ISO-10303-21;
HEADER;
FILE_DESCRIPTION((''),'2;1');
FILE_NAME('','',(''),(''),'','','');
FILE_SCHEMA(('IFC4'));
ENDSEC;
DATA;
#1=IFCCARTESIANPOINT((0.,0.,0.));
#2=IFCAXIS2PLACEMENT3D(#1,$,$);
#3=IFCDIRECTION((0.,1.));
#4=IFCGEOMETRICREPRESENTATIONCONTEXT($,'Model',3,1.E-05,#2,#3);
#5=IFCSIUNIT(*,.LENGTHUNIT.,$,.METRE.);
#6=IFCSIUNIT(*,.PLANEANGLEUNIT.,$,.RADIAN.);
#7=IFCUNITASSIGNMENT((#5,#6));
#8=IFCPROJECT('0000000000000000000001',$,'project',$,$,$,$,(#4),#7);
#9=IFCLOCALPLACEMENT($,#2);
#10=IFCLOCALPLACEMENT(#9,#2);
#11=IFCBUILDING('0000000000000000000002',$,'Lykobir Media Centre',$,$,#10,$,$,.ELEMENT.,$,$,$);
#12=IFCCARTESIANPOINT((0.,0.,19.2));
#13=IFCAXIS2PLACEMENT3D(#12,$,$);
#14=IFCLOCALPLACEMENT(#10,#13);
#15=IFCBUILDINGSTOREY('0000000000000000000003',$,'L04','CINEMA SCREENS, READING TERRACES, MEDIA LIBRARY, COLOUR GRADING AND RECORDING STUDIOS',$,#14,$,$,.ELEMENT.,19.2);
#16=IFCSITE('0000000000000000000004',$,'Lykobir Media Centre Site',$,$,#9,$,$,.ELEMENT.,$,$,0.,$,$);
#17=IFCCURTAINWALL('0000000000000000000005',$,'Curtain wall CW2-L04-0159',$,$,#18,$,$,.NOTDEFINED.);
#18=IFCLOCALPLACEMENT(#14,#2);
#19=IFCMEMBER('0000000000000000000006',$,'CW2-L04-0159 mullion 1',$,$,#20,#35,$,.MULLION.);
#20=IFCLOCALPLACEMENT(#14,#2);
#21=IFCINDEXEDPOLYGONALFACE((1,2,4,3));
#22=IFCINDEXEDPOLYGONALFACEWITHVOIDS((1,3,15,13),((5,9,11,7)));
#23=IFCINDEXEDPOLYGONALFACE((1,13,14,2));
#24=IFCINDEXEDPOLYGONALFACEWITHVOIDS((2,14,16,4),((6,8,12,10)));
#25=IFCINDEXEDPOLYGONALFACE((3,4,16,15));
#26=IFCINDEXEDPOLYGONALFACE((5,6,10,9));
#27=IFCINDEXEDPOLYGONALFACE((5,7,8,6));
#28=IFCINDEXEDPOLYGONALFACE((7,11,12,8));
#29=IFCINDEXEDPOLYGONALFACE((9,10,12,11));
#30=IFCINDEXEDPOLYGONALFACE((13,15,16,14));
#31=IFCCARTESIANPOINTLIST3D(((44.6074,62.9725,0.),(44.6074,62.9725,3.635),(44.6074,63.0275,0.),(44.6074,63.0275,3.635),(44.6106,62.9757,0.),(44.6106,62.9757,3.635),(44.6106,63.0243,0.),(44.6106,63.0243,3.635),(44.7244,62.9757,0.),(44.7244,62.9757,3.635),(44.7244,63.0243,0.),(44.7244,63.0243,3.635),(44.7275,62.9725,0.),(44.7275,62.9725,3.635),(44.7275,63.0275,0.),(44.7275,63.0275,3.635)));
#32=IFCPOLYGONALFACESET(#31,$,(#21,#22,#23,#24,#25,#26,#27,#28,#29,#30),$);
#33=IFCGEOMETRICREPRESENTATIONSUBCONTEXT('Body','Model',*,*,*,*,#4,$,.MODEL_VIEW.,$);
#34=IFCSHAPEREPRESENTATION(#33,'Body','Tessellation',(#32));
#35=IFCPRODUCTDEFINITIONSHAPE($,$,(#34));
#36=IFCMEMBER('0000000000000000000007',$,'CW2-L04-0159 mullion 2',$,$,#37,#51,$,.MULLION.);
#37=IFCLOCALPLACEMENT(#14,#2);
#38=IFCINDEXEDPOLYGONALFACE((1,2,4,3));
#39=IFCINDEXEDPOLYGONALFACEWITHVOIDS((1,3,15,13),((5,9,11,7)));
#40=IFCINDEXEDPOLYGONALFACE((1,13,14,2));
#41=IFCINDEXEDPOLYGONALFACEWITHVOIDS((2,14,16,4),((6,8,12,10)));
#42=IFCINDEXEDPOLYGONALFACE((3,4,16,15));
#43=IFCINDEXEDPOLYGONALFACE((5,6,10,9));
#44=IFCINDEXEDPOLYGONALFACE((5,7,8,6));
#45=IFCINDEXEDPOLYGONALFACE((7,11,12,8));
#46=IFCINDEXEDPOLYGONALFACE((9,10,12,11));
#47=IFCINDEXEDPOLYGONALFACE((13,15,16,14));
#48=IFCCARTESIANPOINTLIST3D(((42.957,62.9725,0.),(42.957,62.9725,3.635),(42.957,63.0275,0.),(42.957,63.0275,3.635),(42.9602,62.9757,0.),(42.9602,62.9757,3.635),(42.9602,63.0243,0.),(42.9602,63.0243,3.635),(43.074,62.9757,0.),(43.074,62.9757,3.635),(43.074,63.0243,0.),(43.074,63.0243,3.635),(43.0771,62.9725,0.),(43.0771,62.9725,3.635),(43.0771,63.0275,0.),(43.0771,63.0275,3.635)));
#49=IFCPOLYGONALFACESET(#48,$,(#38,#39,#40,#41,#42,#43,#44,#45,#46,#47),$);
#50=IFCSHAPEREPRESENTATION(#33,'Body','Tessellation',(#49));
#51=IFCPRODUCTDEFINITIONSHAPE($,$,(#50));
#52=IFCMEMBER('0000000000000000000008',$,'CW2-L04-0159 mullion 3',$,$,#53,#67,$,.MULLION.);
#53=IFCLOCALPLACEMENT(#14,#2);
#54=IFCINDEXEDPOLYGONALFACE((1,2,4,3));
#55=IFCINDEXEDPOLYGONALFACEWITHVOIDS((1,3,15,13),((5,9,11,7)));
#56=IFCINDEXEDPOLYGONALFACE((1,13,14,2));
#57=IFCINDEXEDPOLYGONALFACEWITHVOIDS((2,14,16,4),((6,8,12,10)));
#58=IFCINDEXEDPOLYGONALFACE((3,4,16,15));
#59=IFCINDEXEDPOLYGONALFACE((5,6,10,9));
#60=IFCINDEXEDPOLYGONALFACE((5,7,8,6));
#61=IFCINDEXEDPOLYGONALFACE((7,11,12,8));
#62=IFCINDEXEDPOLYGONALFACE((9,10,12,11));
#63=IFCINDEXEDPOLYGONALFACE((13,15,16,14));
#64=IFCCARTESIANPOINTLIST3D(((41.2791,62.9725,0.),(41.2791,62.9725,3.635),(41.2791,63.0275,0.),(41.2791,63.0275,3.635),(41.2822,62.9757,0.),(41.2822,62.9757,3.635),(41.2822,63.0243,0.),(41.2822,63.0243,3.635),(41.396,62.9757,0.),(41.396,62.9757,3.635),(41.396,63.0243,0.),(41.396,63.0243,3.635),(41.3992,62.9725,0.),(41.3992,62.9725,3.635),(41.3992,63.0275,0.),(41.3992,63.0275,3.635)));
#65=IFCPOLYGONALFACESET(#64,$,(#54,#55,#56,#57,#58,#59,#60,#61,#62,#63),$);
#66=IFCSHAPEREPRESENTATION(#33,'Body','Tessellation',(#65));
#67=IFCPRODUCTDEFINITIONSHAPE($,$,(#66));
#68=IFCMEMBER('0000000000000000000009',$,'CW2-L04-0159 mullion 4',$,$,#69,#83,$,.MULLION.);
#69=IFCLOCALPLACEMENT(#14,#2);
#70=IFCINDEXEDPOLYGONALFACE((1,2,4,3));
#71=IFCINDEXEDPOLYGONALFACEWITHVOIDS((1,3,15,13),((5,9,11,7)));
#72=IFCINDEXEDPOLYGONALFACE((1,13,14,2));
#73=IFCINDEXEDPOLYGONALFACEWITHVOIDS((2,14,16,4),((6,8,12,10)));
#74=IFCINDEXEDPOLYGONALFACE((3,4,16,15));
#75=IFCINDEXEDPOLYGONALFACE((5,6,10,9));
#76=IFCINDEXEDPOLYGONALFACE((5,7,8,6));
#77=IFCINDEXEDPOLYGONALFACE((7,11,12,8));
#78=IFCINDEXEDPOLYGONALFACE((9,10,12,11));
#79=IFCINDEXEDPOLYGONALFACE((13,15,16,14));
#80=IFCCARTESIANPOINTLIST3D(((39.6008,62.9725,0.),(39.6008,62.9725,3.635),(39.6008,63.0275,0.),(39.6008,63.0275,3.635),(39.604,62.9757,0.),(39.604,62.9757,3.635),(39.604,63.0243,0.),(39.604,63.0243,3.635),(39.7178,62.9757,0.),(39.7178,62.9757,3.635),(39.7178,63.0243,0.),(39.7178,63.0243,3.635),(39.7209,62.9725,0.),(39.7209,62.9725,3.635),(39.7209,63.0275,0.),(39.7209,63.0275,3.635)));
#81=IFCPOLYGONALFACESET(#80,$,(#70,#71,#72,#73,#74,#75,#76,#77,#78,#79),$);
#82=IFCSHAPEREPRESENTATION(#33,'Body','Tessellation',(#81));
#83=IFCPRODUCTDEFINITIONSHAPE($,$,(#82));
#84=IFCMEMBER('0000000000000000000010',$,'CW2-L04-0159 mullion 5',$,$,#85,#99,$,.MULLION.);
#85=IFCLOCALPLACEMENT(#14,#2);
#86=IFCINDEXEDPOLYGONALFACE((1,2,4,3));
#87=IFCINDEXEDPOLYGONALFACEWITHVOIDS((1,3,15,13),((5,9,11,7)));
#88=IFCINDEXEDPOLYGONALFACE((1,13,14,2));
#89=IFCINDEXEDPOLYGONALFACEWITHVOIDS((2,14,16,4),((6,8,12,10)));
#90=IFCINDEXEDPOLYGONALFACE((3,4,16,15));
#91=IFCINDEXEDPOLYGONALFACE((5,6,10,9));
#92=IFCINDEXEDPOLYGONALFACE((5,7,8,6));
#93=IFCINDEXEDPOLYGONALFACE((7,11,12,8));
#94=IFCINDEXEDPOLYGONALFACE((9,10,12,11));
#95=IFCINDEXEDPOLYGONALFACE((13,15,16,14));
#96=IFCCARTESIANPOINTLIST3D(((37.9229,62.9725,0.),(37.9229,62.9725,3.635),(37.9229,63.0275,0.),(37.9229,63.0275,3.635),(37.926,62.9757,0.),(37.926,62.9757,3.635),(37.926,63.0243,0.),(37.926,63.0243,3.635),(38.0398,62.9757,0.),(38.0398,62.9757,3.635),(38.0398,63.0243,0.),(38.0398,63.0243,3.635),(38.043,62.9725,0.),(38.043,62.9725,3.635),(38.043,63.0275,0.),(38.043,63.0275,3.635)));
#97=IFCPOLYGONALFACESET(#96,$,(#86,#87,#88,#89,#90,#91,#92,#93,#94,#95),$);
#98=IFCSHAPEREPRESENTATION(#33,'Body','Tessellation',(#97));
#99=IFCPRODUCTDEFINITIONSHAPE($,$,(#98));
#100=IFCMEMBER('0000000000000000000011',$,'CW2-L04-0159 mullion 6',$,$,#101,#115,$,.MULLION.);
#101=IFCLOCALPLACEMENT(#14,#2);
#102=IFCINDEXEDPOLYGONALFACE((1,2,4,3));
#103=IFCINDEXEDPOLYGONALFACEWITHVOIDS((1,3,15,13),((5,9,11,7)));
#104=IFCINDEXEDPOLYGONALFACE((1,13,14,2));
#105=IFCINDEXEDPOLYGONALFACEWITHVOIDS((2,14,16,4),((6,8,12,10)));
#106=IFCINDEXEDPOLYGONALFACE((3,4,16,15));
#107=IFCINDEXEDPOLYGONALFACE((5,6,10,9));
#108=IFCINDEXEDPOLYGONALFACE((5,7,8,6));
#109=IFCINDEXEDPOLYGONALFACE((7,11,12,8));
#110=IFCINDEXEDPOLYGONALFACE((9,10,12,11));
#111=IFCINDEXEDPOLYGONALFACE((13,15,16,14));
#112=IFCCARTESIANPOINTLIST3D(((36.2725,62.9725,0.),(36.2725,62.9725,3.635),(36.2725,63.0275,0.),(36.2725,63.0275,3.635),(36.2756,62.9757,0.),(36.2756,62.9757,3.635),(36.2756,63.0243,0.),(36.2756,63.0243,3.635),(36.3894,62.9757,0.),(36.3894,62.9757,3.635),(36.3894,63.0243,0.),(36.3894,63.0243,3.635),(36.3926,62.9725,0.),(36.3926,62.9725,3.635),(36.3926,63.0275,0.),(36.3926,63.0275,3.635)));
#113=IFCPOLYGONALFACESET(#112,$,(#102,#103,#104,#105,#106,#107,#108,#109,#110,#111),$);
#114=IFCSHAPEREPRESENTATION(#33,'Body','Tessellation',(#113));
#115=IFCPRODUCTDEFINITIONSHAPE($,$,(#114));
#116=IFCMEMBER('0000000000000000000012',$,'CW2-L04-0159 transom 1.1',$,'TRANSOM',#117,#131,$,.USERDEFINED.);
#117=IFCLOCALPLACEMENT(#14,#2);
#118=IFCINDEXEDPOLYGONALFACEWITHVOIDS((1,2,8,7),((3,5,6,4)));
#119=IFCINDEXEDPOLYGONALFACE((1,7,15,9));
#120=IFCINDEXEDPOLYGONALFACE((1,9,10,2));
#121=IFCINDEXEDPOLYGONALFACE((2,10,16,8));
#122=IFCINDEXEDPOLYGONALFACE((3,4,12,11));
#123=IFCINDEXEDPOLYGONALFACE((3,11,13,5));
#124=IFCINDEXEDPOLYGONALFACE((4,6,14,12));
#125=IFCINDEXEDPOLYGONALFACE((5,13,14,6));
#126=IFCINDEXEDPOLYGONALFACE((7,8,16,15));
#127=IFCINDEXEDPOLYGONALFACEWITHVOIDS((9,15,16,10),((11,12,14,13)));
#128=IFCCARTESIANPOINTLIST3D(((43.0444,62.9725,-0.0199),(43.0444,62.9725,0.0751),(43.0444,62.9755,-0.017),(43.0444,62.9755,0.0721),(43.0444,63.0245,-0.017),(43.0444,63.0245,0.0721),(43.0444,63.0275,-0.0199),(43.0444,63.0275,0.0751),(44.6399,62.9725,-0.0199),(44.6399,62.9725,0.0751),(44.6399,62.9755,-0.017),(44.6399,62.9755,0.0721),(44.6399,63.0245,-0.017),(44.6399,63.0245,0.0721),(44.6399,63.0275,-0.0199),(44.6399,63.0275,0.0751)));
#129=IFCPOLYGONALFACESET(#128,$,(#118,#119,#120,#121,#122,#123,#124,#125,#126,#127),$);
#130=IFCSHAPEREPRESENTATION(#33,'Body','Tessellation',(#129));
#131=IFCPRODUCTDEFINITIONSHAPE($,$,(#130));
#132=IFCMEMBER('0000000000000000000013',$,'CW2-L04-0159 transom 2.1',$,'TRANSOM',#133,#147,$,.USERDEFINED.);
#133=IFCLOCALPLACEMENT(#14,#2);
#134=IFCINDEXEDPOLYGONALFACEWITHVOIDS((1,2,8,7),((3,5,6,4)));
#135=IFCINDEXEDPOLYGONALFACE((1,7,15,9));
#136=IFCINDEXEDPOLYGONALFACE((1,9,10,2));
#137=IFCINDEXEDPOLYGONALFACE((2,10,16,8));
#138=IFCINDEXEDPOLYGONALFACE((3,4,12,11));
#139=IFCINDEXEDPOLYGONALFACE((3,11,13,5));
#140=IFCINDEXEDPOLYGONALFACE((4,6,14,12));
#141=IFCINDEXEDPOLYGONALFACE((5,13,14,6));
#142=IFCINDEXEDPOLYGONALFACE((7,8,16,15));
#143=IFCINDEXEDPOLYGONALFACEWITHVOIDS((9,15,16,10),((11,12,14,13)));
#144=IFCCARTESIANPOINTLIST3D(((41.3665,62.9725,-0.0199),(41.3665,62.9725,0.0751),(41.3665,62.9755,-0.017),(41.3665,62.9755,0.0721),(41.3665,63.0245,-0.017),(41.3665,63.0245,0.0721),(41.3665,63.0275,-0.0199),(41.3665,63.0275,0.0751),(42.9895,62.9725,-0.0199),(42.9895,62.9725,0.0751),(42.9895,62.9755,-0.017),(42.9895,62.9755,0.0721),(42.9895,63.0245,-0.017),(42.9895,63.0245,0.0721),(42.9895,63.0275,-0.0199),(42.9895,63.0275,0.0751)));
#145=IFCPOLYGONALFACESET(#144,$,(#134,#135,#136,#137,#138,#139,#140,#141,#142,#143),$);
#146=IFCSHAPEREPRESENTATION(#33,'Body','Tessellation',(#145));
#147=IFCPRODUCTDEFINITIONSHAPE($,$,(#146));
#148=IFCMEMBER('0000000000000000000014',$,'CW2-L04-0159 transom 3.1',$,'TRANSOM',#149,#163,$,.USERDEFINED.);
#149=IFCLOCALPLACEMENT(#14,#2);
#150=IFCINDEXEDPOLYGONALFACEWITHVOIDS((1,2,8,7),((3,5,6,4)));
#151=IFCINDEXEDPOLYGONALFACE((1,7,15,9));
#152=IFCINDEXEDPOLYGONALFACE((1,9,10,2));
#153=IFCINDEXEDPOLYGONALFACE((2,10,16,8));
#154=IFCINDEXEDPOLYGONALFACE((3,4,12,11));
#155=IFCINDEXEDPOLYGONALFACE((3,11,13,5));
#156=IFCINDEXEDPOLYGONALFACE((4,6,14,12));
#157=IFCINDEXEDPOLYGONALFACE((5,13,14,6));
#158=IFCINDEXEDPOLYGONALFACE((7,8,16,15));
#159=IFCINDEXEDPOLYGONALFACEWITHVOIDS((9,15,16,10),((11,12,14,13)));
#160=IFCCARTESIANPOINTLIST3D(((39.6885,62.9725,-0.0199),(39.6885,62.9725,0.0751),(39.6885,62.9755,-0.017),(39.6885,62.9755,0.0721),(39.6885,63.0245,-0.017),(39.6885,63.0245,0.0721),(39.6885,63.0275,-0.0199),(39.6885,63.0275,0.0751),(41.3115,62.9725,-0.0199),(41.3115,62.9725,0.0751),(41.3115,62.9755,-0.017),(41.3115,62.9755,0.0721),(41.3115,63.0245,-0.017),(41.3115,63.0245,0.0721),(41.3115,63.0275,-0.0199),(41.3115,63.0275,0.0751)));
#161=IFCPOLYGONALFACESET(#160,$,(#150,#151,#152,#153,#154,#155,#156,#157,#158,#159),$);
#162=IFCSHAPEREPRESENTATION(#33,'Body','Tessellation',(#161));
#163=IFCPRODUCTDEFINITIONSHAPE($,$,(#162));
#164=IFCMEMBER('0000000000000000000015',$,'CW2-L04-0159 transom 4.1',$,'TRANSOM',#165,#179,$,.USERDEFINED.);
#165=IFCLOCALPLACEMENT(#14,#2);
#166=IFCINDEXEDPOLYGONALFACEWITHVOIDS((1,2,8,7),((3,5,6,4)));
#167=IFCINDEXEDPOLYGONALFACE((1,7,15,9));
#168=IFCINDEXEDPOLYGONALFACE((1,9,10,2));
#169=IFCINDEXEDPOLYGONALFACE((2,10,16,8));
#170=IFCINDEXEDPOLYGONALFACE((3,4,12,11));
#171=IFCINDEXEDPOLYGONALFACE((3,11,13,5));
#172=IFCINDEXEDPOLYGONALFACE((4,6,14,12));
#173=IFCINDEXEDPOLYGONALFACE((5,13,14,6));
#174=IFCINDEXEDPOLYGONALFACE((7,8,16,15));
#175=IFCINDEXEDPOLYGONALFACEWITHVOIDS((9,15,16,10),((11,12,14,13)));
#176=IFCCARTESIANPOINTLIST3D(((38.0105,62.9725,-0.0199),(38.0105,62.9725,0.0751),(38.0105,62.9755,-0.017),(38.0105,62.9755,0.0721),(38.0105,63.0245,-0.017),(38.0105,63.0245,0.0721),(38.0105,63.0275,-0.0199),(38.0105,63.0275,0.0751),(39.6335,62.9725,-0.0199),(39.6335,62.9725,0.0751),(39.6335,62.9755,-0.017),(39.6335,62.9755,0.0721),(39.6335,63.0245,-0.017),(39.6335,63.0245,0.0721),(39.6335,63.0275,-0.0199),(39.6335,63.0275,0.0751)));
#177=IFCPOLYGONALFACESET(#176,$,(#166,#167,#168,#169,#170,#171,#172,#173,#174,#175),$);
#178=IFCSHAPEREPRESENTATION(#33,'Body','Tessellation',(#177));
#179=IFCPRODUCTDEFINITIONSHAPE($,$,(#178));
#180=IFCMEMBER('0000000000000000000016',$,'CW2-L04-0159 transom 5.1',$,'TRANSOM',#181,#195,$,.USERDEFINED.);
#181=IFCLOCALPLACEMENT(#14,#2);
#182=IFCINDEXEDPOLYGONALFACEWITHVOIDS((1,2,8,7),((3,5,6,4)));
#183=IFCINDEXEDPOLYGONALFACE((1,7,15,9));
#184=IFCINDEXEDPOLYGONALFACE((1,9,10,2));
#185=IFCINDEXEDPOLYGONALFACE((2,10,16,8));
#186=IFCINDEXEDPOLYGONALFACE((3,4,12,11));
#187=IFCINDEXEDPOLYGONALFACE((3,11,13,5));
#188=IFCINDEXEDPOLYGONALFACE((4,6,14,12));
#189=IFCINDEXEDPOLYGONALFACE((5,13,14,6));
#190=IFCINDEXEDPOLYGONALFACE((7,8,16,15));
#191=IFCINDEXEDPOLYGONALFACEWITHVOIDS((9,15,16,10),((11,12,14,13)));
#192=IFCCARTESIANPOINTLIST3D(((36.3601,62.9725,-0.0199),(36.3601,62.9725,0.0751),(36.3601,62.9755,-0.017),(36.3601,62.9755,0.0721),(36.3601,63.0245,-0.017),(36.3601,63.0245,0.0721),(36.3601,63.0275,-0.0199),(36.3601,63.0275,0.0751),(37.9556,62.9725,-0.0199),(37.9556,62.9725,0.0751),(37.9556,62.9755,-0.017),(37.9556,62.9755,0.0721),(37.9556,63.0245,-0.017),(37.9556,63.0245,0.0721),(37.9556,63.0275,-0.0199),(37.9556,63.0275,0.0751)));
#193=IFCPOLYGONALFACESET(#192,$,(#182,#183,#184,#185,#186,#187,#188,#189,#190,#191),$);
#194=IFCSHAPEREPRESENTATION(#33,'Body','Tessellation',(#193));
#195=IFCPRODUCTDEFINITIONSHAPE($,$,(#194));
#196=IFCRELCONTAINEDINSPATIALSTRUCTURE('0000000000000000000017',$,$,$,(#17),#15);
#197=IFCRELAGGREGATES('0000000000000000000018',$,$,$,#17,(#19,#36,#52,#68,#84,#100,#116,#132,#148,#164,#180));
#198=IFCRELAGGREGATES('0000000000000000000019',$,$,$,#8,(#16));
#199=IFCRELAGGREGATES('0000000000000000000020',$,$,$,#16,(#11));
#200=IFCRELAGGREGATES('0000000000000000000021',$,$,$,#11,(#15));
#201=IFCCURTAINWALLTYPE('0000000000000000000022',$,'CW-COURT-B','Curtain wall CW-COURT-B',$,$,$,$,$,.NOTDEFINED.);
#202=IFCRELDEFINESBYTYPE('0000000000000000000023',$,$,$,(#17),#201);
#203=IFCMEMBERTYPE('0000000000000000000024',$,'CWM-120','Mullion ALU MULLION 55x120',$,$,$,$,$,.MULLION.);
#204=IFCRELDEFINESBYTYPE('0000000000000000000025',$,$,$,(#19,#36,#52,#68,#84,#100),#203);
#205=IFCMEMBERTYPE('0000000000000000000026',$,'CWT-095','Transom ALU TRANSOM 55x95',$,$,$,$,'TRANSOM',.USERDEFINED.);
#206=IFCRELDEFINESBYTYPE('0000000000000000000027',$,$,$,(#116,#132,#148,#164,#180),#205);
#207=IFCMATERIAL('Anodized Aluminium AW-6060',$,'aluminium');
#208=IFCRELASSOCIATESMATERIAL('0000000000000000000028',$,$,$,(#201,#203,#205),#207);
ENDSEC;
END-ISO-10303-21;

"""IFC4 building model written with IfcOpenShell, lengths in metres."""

from ifc_helpers import new_model, si_unit, direction, frame, origin, origin_2d, place, context, subcontext, project, spatial, hollow_rectangle, extrude, material, material_profile, profile_set, type_object, element, aggregate, save


model = new_model("IFC4")

# Units and contexts
model_context = context("Model", 3, precision=1e-05, world=origin(), true_north=direction((0.0, 1.0)))
body_context = subcontext(model_context, "Body", "Model", "MODEL_VIEW")
ifc_project = project(units=[si_unit("LENGTHUNIT", "METRE"), si_unit("PLANEANGLEUNIT", "RADIAN")], contexts=[model_context])

# Site, building, storey
site_placement = place(None, origin())
site = spatial("IfcSite", under=ifc_project, at=site_placement, Name="Lykobir Media Centre Site", CompositionType="ELEMENT", RefElevation=0.0)
building_placement = place(site_placement, origin())
building = spatial("IfcBuilding", under=site, at=building_placement, Name="Lykobir Media Centre", CompositionType="ELEMENT")
storey_placement = place(building_placement, frame((0.0, 0.0, 19.2)))
storey = spatial("IfcBuildingStorey", under=building, at=storey_placement, Name="L04", Description="CINEMA SCREENS, READING TERRACES, MEDIA LIBRARY, COLOUR GRADING AND RECORDING STUDIOS", CompositionType="ELEMENT", Elevation=19.2)

# Curtain wall, members
ifc_material_1 = material(Name="Anodized Aluminium AW-6060", Category="aluminium")
curtain_wall_type = type_object("IfcCurtainWallType", Name="CW-COURT-B", Description="Curtain wall CW-COURT-B", PredefinedType="NOTDEFINED", material=ifc_material_1)
curtain_wall_placement = place(storey_placement, origin())
curtain_wall = element("IfcCurtainWall", 1, at=curtain_wall_placement, inside=storey, type_object=curtain_wall_type, Name="Curtain wall CW2-L04-0159", PredefinedType="NOTDEFINED")
ifc_material_profile_1 = material_profile(ifc_material_1, hollow_rectangle(XDim=0.0549, YDim=0.1201, WallThickness=0.0032, at=origin_2d()), Name="ALU MULLION 55x120")
ifc_profile_set_1 = profile_set([ifc_material_profile_1], Name="Anodized Aluminium AW-6060")
member_type_1 = type_object("IfcMemberType", Name="CWM-120", Description="Mullion ALU MULLION 55x120", PredefinedType="MULLION", material=ifc_profile_set_1)
member_1_placement = place(storey_placement, frame((44.6675, 63.0, 0.0), z_axis=(0.0, 0.0, 1.0), x_axis=(0.0, -1.0, 0.0)))
member_1 = element("IfcMember", 2, at=member_1_placement, type_object=member_type_1, Name="CW2-L04-0159 mullion 1", PredefinedType="MULLION", context=body_context, shape_type="SweptSolid", body=[
    extrude(hollow_rectangle(XDim=0.0549, YDim=0.1201, WallThickness=0.0032, at=origin_2d()), origin(), (0.0, 0.0, 1.0), 3.635),
])
member_2_placement = place(storey_placement, frame((43.0171, 63.0, 0.0), z_axis=(0.0, 0.0, 1.0), x_axis=(0.0, -1.0, 0.0)))
member_2 = element("IfcMember", 3, at=member_2_placement, type_object=member_type_1, Name="CW2-L04-0159 mullion 2", PredefinedType="MULLION", context=body_context, shape_type="SweptSolid", body=[
    extrude(hollow_rectangle(XDim=0.0549, YDim=0.1201, WallThickness=0.0032, at=origin_2d()), origin(), (0.0, 0.0, 1.0), 3.635),
])
member_3_placement = place(storey_placement, frame((41.3391, 63.0, 0.0), z_axis=(0.0, 0.0, 1.0), x_axis=(0.0, -1.0, 0.0)))
member_3 = element("IfcMember", 4, at=member_3_placement, type_object=member_type_1, Name="CW2-L04-0159 mullion 3", PredefinedType="MULLION", context=body_context, shape_type="SweptSolid", body=[
    extrude(hollow_rectangle(XDim=0.0549, YDim=0.1201, WallThickness=0.0032, at=origin_2d()), origin(), (0.0, 0.0, 1.0), 3.635),
])
member_4_placement = place(storey_placement, frame((39.6609, 63.0, 0.0), z_axis=(0.0, 0.0, 1.0), x_axis=(0.0, -1.0, 0.0)))
member_4 = element("IfcMember", 5, at=member_4_placement, type_object=member_type_1, Name="CW2-L04-0159 mullion 4", PredefinedType="MULLION", context=body_context, shape_type="SweptSolid", body=[
    extrude(hollow_rectangle(XDim=0.0549, YDim=0.1201, WallThickness=0.0032, at=origin_2d()), origin(), (0.0, 0.0, 1.0), 3.635),
])
member_5_placement = place(storey_placement, frame((37.9829, 63.0, 0.0), z_axis=(0.0, 0.0, 1.0), x_axis=(0.0, -1.0, 0.0)))
member_5 = element("IfcMember", 6, at=member_5_placement, type_object=member_type_1, Name="CW2-L04-0159 mullion 5", PredefinedType="MULLION", context=body_context, shape_type="SweptSolid", body=[
    extrude(hollow_rectangle(XDim=0.0549, YDim=0.1201, WallThickness=0.0032, at=origin_2d()), origin(), (0.0, 0.0, 1.0), 3.635),
])
member_6_placement = place(storey_placement, frame((36.3325, 63.0, 0.0), z_axis=(0.0, 0.0, 1.0), x_axis=(0.0, -1.0, 0.0)))
member_6 = element("IfcMember", 7, at=member_6_placement, type_object=member_type_1, Name="CW2-L04-0159 mullion 6", PredefinedType="MULLION", context=body_context, shape_type="SweptSolid", body=[
    extrude(hollow_rectangle(XDim=0.0549, YDim=0.1201, WallThickness=0.0032, at=origin_2d()), origin(), (0.0, 0.0, 1.0), 3.635),
])
ifc_material_profile_2 = material_profile(ifc_material_1, hollow_rectangle(XDim=0.0549, YDim=0.095, WallThickness=0.0029, at=origin_2d()), Name="ALU TRANSOM 55x95")
ifc_profile_set_2 = profile_set([ifc_material_profile_2], Name="Anodized Aluminium AW-6060")
member_type_2 = type_object("IfcMemberType", Name="CWT-095", Description="Transom ALU TRANSOM 55x95", ElementType="TRANSOM", PredefinedType="USERDEFINED", material=ifc_profile_set_2)
member_7_placement = place(storey_placement, frame((44.6399, 63.0, 0.0276), z_axis=(-1.0, 0.0, 0.0), x_axis=(0.0, -1.0, 0.0)))
member_7 = element("IfcMember", 8, at=member_7_placement, type_object=member_type_2, Name="CW2-L04-0159 transom 1.1", ObjectType="TRANSOM", PredefinedType="USERDEFINED", context=body_context, shape_type="SweptSolid", body=[
    extrude(hollow_rectangle(XDim=0.0549, YDim=0.095, WallThickness=0.0029, at=origin_2d()), origin(), (0.0, 0.0, 1.0), 1.5955),
])
member_8_placement = place(storey_placement, frame((42.9895, 63.0, 0.0276), z_axis=(-1.0, 0.0, 0.0), x_axis=(0.0, -1.0, 0.0)))
member_8 = element("IfcMember", 9, at=member_8_placement, type_object=member_type_2, Name="CW2-L04-0159 transom 2.1", ObjectType="TRANSOM", PredefinedType="USERDEFINED", context=body_context, shape_type="SweptSolid", body=[
    extrude(hollow_rectangle(XDim=0.0549, YDim=0.095, WallThickness=0.0029, at=origin_2d()), origin(), (0.0, 0.0, 1.0), 1.623),
])
member_9_placement = place(storey_placement, frame((41.3115, 63.0, 0.0276), z_axis=(-1.0, 0.0, 0.0), x_axis=(0.0, -1.0, 0.0)))
member_9 = element("IfcMember", 10, at=member_9_placement, type_object=member_type_2, Name="CW2-L04-0159 transom 3.1", ObjectType="TRANSOM", PredefinedType="USERDEFINED", context=body_context, shape_type="SweptSolid", body=[
    extrude(hollow_rectangle(XDim=0.0549, YDim=0.095, WallThickness=0.0029, at=origin_2d()), origin(), (0.0, 0.0, 1.0), 1.623),
])
member_10_placement = place(storey_placement, frame((39.6335, 63.0, 0.0276), z_axis=(-1.0, 0.0, 0.0), x_axis=(0.0, -1.0, 0.0)))
member_10 = element("IfcMember", 11, at=member_10_placement, type_object=member_type_2, Name="CW2-L04-0159 transom 4.1", ObjectType="TRANSOM", PredefinedType="USERDEFINED", context=body_context, shape_type="SweptSolid", body=[
    extrude(hollow_rectangle(XDim=0.0549, YDim=0.095, WallThickness=0.0029, at=origin_2d()), origin(), (0.0, 0.0, 1.0), 1.623),
])
member_11_placement = place(storey_placement, frame((37.9556, 63.0, 0.0276), z_axis=(-1.0, 0.0, 0.0), x_axis=(0.0, -1.0, 0.0)))
member_11 = element("IfcMember", 12, at=member_11_placement, type_object=member_type_2, Name="CW2-L04-0159 transom 5.1", ObjectType="TRANSOM", PredefinedType="USERDEFINED", context=body_context, shape_type="SweptSolid", body=[
    extrude(hollow_rectangle(XDim=0.0549, YDim=0.095, WallThickness=0.0029, at=origin_2d()), origin(), (0.0, 0.0, 1.0), 1.5955),
])
aggregate(curtain_wall, [member_1, member_2, member_3, member_4, member_5, member_6, member_7, member_8, member_9, member_10, member_11])

save(model, "model.ifc")
